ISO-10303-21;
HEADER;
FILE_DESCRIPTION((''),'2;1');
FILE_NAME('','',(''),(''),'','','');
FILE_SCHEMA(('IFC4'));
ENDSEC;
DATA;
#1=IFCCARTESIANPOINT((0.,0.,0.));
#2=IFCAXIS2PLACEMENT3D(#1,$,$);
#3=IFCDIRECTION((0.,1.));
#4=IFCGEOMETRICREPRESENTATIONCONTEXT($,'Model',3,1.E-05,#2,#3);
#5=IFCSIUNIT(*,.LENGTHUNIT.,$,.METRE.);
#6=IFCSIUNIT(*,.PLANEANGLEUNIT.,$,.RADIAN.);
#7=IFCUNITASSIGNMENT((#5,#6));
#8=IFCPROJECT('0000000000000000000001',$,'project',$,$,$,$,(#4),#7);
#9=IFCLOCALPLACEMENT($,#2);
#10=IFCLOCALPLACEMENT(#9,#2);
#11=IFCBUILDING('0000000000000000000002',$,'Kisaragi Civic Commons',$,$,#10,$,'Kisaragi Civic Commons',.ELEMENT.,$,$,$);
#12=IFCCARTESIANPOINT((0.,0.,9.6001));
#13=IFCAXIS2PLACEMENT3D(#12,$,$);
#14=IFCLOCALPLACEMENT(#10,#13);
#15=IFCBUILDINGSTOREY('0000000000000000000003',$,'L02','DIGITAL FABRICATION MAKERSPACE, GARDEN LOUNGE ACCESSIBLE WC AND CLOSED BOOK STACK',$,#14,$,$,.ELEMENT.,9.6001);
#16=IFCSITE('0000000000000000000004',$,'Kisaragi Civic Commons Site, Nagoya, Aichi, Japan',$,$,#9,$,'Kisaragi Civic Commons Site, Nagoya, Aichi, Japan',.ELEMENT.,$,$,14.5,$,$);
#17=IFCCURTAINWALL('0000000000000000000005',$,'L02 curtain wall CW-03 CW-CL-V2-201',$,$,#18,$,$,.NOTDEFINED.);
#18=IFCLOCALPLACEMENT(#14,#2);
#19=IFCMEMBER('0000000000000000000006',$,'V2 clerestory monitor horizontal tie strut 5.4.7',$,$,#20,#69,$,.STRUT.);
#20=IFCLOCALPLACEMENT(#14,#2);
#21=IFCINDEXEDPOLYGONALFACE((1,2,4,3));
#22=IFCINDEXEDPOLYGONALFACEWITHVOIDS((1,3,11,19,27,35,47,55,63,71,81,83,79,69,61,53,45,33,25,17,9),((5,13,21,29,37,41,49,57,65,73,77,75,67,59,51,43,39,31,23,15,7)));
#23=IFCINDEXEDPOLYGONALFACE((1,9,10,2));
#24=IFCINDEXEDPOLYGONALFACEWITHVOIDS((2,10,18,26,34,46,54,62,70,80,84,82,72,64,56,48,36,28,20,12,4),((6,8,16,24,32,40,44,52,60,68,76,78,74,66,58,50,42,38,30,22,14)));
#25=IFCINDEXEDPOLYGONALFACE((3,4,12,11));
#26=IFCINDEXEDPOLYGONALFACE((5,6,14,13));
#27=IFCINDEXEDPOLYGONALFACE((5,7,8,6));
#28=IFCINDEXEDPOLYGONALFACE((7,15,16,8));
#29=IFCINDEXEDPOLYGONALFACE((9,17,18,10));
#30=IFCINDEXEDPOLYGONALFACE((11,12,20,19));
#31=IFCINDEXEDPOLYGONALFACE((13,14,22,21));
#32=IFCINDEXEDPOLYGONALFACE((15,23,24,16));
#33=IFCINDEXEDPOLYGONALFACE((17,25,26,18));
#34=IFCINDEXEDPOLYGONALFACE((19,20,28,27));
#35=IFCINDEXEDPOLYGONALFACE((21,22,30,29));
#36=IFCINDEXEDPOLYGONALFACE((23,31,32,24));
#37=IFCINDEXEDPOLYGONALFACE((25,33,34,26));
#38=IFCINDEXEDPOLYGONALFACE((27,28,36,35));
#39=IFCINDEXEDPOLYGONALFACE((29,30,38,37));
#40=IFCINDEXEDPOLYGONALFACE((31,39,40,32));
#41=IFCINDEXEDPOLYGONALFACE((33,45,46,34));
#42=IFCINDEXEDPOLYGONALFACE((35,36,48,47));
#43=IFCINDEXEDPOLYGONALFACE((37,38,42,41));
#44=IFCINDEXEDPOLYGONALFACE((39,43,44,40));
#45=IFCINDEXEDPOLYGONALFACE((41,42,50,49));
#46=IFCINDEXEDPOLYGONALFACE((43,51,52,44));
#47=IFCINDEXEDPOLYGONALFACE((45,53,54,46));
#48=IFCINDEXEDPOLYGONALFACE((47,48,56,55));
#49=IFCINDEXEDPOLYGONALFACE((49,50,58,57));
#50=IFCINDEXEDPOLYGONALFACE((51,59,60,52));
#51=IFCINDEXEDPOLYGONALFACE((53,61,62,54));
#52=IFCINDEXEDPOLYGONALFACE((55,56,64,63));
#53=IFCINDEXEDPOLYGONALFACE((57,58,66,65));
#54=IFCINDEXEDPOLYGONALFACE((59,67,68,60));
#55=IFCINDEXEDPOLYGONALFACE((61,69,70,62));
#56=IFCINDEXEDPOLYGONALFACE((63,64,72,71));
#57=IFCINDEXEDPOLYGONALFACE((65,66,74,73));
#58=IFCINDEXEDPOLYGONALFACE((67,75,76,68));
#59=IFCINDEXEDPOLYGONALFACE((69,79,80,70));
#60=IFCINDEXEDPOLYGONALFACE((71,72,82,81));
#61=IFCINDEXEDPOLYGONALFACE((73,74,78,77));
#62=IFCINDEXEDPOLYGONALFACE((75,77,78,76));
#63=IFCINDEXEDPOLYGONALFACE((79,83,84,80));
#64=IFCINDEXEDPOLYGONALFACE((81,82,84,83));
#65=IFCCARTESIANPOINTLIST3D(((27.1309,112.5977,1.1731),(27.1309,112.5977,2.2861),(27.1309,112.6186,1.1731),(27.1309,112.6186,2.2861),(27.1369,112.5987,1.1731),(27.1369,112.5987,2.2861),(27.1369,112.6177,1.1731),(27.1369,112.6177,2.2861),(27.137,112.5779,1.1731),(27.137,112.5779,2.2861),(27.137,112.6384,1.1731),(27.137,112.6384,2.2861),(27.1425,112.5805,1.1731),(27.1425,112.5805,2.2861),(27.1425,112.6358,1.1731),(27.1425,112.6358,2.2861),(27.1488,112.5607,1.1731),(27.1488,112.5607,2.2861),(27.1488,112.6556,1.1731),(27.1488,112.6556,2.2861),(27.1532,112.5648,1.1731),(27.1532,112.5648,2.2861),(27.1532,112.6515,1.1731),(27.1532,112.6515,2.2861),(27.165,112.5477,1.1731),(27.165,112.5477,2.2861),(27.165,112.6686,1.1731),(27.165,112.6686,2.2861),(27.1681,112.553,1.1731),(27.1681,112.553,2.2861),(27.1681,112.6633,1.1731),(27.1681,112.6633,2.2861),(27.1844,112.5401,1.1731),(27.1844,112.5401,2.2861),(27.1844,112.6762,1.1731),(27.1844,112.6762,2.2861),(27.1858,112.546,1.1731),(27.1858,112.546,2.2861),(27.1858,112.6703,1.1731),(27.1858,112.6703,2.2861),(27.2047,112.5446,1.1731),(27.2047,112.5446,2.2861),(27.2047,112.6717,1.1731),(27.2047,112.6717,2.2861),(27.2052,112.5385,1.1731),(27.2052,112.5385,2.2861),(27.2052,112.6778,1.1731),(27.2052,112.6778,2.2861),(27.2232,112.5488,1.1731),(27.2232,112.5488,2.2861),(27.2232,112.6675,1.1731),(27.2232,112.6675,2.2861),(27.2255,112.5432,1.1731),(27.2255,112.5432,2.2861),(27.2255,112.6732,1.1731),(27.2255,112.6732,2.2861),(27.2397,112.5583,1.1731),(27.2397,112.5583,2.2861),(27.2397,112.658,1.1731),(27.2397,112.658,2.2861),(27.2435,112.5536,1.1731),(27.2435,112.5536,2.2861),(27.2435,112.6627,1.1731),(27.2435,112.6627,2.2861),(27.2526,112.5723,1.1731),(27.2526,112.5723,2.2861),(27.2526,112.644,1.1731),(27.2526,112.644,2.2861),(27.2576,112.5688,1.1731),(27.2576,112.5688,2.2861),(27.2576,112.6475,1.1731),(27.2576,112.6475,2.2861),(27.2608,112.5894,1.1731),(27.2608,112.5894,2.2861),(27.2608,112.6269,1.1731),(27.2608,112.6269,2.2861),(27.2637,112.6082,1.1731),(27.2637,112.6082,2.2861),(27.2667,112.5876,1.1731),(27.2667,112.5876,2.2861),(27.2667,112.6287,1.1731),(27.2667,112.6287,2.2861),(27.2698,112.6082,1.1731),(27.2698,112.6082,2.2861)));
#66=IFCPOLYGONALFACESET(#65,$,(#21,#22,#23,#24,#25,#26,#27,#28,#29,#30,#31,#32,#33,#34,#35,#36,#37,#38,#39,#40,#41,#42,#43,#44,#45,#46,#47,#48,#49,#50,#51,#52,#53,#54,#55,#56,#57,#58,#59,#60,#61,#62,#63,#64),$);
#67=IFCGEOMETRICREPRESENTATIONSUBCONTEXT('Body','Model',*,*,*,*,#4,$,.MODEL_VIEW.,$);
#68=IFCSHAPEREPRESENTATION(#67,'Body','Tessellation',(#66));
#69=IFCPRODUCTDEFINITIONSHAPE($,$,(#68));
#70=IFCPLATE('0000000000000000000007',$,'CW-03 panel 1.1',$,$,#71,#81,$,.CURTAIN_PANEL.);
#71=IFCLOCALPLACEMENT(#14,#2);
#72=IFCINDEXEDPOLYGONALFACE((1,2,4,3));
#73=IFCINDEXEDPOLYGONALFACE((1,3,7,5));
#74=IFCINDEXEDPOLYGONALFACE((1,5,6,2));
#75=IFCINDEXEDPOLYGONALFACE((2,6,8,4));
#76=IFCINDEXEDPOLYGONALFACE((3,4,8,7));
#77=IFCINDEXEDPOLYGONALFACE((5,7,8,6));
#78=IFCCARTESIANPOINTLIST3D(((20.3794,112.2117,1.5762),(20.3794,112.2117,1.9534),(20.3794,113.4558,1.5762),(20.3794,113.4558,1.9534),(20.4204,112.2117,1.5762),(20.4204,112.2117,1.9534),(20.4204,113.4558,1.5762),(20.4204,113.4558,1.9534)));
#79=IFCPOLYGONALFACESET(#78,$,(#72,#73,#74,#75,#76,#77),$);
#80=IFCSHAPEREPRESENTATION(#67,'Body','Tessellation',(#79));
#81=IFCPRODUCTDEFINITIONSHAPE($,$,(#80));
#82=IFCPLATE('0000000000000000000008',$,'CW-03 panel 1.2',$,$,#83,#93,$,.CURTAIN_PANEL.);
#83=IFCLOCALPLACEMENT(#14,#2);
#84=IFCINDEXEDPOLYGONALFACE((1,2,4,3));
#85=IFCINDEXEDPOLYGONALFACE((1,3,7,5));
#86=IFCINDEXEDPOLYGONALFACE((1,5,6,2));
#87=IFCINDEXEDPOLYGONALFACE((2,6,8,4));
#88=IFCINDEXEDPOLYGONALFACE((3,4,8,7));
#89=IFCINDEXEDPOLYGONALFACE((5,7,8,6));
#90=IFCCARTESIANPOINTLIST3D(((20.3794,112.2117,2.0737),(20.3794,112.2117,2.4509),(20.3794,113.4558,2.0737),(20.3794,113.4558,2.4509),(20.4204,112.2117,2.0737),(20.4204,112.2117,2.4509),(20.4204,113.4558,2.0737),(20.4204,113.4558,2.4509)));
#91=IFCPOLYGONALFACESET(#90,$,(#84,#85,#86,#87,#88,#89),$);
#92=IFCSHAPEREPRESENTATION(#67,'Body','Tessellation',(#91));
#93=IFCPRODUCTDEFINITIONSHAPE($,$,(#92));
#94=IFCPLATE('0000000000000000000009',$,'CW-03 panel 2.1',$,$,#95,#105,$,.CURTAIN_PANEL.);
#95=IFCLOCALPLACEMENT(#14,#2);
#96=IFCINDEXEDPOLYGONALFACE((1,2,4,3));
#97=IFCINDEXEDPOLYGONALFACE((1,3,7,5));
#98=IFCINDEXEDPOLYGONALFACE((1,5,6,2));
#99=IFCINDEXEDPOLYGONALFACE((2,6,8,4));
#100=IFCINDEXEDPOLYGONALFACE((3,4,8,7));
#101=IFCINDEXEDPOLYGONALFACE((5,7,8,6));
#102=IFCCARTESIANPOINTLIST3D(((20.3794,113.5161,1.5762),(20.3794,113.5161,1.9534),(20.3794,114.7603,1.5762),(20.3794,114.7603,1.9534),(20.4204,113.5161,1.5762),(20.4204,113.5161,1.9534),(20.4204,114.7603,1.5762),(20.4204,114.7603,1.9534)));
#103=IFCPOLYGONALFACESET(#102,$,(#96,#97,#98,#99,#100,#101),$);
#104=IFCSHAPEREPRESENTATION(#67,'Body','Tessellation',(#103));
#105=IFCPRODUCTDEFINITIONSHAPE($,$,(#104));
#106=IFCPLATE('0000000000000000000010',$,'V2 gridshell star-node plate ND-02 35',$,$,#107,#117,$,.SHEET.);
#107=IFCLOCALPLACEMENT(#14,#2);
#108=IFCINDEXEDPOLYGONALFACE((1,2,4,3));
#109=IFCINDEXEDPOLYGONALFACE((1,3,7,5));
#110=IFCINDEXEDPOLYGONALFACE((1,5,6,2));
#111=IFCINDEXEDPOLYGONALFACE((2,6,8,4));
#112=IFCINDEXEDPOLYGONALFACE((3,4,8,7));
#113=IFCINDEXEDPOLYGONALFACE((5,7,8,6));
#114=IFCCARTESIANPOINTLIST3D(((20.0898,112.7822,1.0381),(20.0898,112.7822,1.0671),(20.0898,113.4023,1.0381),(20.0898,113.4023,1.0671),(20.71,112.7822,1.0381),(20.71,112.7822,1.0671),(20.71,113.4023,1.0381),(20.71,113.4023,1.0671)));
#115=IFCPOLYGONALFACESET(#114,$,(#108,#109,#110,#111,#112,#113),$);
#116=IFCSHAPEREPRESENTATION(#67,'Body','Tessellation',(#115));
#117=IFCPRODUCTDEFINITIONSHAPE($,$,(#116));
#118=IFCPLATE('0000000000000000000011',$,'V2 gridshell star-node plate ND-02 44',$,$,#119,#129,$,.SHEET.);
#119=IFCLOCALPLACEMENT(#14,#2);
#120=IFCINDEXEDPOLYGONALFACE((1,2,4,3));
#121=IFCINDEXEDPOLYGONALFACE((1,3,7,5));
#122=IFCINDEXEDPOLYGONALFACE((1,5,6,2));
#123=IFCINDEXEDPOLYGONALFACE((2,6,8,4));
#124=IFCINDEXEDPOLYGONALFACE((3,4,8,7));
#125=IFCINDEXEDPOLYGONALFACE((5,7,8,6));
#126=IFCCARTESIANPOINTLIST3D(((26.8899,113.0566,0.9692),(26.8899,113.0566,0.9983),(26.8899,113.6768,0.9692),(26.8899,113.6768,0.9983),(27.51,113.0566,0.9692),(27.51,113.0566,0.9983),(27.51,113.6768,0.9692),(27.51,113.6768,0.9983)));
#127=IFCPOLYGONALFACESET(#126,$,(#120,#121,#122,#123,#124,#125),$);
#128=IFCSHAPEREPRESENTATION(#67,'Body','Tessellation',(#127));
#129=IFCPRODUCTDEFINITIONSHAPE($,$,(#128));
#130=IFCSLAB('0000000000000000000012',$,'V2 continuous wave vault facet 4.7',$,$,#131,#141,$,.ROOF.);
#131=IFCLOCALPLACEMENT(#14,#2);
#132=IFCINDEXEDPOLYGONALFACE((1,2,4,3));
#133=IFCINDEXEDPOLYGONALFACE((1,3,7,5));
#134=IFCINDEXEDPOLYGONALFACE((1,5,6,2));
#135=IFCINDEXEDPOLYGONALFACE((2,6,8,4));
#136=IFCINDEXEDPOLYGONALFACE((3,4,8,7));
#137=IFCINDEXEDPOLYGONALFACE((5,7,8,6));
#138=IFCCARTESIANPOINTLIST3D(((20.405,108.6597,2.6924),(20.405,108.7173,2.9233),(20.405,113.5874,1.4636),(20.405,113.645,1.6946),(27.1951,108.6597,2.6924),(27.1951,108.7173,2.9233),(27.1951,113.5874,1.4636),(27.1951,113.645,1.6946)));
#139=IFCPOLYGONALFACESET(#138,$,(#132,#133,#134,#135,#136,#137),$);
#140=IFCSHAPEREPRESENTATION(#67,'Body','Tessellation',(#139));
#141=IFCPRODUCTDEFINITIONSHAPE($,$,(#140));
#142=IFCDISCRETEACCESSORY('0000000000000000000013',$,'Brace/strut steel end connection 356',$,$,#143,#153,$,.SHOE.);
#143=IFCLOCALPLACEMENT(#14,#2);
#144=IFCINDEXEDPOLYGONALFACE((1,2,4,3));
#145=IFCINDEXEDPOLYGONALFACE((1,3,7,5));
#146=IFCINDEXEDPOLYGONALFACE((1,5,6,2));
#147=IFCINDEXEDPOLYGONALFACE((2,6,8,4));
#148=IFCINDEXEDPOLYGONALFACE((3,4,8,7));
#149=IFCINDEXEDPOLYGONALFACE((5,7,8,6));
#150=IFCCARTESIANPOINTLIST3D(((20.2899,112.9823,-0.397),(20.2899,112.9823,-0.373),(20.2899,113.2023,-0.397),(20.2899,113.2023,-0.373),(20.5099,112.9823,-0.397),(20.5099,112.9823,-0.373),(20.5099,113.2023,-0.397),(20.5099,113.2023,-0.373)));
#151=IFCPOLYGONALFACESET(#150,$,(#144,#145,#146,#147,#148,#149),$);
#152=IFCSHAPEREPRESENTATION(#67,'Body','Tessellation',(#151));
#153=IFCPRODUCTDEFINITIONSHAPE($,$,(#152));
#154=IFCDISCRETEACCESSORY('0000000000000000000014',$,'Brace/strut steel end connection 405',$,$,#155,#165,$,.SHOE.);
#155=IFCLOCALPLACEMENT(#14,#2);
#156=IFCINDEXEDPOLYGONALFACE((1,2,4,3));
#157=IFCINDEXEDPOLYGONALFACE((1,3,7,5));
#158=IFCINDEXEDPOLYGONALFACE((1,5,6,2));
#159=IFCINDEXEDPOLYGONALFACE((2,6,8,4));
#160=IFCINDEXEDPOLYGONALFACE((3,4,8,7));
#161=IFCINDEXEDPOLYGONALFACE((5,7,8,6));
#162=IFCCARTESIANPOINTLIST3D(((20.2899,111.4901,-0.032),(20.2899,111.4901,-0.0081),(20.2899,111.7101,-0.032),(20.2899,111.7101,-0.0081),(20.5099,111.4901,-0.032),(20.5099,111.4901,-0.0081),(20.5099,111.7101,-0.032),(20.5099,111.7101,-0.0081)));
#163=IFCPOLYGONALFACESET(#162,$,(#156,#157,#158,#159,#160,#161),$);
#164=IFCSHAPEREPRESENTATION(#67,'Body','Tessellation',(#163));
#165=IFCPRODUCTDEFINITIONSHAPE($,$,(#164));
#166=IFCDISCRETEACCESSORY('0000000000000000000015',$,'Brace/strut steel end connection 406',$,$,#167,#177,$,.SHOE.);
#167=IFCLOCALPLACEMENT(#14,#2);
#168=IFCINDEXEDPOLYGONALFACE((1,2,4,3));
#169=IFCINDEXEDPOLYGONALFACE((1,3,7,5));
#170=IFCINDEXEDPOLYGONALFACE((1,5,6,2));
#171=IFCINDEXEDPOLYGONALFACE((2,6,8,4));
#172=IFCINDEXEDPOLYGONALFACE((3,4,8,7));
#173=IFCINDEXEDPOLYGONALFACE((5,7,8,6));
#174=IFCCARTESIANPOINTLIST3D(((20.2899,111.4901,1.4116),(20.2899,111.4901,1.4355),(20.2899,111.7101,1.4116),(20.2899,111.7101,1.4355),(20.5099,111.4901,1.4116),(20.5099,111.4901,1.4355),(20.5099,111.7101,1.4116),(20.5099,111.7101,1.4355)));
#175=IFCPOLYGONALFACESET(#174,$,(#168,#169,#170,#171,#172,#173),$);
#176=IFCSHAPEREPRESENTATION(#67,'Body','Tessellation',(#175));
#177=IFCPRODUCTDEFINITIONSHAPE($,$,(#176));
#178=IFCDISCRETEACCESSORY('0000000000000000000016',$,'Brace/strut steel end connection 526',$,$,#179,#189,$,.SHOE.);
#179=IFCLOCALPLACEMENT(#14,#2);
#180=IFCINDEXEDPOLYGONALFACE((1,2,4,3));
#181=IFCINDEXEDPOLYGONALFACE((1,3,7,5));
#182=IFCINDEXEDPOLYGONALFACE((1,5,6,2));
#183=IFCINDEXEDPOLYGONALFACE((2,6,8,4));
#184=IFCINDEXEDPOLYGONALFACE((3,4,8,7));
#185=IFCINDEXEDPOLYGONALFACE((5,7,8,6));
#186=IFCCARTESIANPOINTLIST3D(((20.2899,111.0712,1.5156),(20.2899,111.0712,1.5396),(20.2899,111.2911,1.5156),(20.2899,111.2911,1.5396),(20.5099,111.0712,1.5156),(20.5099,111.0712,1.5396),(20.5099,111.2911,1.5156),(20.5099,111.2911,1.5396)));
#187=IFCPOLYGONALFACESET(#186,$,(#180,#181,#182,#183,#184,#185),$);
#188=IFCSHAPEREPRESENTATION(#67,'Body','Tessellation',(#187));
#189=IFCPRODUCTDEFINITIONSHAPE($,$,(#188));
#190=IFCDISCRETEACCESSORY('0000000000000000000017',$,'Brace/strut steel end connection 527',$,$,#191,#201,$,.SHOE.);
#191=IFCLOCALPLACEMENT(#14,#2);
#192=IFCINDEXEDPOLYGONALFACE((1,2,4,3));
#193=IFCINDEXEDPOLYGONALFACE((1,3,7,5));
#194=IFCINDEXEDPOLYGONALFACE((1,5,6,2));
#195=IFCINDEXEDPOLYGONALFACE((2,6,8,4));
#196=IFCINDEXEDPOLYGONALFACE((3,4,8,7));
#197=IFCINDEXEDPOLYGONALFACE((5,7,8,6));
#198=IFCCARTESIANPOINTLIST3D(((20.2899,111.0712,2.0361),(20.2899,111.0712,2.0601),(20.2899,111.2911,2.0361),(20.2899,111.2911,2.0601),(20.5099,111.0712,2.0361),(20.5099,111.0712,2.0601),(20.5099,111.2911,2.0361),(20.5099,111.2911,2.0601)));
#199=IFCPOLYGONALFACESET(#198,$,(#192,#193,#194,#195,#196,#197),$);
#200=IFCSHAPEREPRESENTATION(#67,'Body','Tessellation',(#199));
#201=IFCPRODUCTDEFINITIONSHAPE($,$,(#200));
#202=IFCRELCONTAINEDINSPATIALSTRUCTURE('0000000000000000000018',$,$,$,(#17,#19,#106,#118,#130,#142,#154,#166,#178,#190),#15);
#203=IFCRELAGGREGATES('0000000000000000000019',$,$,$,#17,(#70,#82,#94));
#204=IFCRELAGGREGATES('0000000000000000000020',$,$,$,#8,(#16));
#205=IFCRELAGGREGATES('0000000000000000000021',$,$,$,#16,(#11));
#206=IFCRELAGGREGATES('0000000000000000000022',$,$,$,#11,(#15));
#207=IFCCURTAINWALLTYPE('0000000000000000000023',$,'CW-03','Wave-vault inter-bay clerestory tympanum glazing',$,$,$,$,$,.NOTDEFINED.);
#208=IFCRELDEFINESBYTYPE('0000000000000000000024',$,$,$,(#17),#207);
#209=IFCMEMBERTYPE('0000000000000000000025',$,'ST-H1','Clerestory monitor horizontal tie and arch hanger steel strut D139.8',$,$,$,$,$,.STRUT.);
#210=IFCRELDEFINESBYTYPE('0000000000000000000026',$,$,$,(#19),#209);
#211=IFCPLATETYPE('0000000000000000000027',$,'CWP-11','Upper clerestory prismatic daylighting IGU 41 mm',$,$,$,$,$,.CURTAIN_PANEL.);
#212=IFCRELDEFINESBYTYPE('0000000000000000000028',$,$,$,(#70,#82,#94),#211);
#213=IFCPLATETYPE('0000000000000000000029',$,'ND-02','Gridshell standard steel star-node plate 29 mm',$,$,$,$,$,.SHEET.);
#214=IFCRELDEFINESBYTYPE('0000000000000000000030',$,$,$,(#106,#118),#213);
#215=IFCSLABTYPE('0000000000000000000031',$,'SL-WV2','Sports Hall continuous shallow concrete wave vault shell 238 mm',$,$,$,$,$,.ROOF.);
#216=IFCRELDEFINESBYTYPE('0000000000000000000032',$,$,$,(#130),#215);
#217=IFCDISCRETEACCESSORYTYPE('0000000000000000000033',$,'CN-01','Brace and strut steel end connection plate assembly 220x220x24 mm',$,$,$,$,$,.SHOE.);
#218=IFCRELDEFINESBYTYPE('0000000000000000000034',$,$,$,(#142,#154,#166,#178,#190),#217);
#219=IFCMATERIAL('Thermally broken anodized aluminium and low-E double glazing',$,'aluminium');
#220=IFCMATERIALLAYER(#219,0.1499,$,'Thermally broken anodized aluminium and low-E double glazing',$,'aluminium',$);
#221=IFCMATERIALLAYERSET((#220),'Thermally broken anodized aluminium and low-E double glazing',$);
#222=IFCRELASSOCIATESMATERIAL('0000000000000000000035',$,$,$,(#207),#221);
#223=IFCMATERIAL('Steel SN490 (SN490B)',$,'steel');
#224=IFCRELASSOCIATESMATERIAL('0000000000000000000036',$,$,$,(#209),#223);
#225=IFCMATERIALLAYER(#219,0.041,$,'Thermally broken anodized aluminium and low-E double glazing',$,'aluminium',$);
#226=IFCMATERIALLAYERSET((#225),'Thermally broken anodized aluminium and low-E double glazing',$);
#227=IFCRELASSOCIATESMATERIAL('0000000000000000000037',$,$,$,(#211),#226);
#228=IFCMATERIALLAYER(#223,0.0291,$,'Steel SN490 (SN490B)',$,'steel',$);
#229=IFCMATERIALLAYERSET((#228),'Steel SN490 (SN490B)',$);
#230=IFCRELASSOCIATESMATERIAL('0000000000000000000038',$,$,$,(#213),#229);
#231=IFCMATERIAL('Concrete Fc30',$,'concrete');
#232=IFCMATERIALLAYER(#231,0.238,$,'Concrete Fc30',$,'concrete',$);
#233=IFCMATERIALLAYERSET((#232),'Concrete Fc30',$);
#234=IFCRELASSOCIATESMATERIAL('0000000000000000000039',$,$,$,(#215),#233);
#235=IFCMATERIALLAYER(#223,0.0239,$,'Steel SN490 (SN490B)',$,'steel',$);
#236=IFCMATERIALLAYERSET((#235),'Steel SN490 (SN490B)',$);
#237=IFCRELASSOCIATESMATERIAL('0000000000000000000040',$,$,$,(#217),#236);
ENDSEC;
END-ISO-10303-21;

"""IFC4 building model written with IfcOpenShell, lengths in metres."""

from ifc_helpers import new_model, si_unit, direction, frame, origin, origin_2d, place, context, subcontext, project, spatial, polyline, rectangle, hollow_circle, outline, extrude, material, layer, layer_set, material_profile, profile_set, type_object, element, aggregate, save


model = new_model("IFC4")

# Units and contexts
model_context = context("Model", 3, precision=1e-05, world=origin(), true_north=direction((0.0, 1.0)))
body_context = subcontext(model_context, "Body", "Model", "MODEL_VIEW")
ifc_project = project(units=[si_unit("LENGTHUNIT", "METRE"), si_unit("PLANEANGLEUNIT", "RADIAN")], contexts=[model_context])

# Site, building, storey
site_placement = place(None, origin())
site = spatial("IfcSite", under=ifc_project, at=site_placement, Name="Kisaragi Civic Commons Site, Nagoya, Aichi, Japan", LongName="Kisaragi Civic Commons Site, Nagoya, Aichi, Japan", CompositionType="ELEMENT", RefElevation=14.5)
building_placement = place(site_placement, origin())
building = spatial("IfcBuilding", under=site, at=building_placement, Name="Kisaragi Civic Commons", LongName="Kisaragi Civic Commons", CompositionType="ELEMENT")
storey_placement = place(building_placement, frame((0.0, 0.0, 9.6001)))
storey = spatial("IfcBuildingStorey", under=building, at=storey_placement, Name="L02", Description="DIGITAL FABRICATION MAKERSPACE, GARDEN LOUNGE ACCESSIBLE WC AND CLOSED BOOK STACK", CompositionType="ELEMENT", Elevation=9.6001)

# Curtain wall
ifc_material_1 = material(Name="Thermally broken anodized aluminium and low-E double glazing", Category="aluminium")
ifc_layer_1 = layer(ifc_material_1, 0.1499, Name="Thermally broken anodized aluminium and low-E double glazing", Category="aluminium")
ifc_layer_set_1 = layer_set([ifc_layer_1], Name="Thermally broken anodized aluminium and low-E double glazing")
curtain_wall_type = type_object("IfcCurtainWallType", Name="CW-03", Description="Wave-vault inter-bay clerestory tympanum glazing", PredefinedType="NOTDEFINED", material=ifc_layer_set_1)
curtain_wall_placement = place(storey_placement, origin())
curtain_wall = element("IfcCurtainWall", 1, at=curtain_wall_placement, inside=storey, type_object=curtain_wall_type, Name="L02 curtain wall CW-03 CW-CL-V2-201", PredefinedType="NOTDEFINED")

# Member
ifc_material_2 = material(Name="Steel SN490 (SN490B)", Category="steel")
ifc_material_profile_1 = material_profile(ifc_material_2, hollow_circle(Radius=0.0698, WallThickness=0.0061, at=origin_2d()), Name="CHS-139.8x6.0", Category="steel")
ifc_profile_set_1 = profile_set([ifc_material_profile_1], Name="Steel SN490 (SN490B)")
member_type_1 = type_object("IfcMemberType", Name="ST-H1", Description="Clerestory monitor horizontal tie and arch hanger steel strut D139.8", PredefinedType="STRUT", material=ifc_profile_set_1)
member_1_placement = place(storey_placement, frame((27.2, 112.6082, 1.1731), z_axis=(0.0, 0.0, 1.0), x_axis=(1.0, 0.0, 0.0)))
element("IfcMember", 2, at=member_1_placement, inside=storey, type_object=member_type_1, Name="V2 clerestory monitor horizontal tie strut 5.4.7", PredefinedType="STRUT", context=body_context, shape_type="SweptSolid", body=[
    extrude(hollow_circle(Radius=0.0698, WallThickness=0.0061, at=origin_2d()), origin(), (0.0, 0.0, 1.0), 1.113),
])

# Plates
ifc_layer_2 = layer(ifc_material_1, 0.041, Name="Thermally broken anodized aluminium and low-E double glazing", Category="aluminium")
ifc_layer_set_2 = layer_set([ifc_layer_2], Name="Thermally broken anodized aluminium and low-E double glazing")
plate_type_1 = type_object("IfcPlateType", Name="CWP-11", Description="Upper clerestory prismatic daylighting IGU 41 mm", PredefinedType="CURTAIN_PANEL", material=ifc_layer_set_2)
plate_1_placement = place(storey_placement, frame((20.3999, 112.8337, 1.5762), z_axis=(0.0, 0.0, 1.0), x_axis=(0.0, 1.0, 0.0)))
plate_1 = element("IfcPlate", 3, at=plate_1_placement, type_object=plate_type_1, Name="CW-03 panel 1.1", PredefinedType="CURTAIN_PANEL", context=body_context, shape_type="SweptSolid", body=[
    extrude(rectangle(XDim=1.2441, YDim=0.041, at=origin_2d()), origin(), (0.0, 0.0, 1.0), 0.3772),
])
plate_2_placement = place(storey_placement, frame((20.3999, 112.8337, 2.0737), z_axis=(0.0, 0.0, 1.0), x_axis=(0.0, 1.0, 0.0)))
plate_2 = element("IfcPlate", 4, at=plate_2_placement, type_object=plate_type_1, Name="CW-03 panel 1.2", PredefinedType="CURTAIN_PANEL", context=body_context, shape_type="SweptSolid", body=[
    extrude(rectangle(XDim=1.2441, YDim=0.041, at=origin_2d()), origin(), (0.0, 0.0, 1.0), 0.3772),
])
plate_3_placement = place(storey_placement, frame((20.3999, 114.1382, 1.5762), z_axis=(0.0, 0.0, 1.0), x_axis=(0.0, 1.0, 0.0)))
plate_3 = element("IfcPlate", 5, at=plate_3_placement, type_object=plate_type_1, Name="CW-03 panel 2.1", PredefinedType="CURTAIN_PANEL", context=body_context, shape_type="SweptSolid", body=[
    extrude(rectangle(XDim=1.2441, YDim=0.041, at=origin_2d()), origin(), (0.0, 0.0, 1.0), 0.3772),
])
aggregate(curtain_wall, [plate_1, plate_2, plate_3])

# Plates
ifc_layer_3 = layer(ifc_material_2, 0.0291, Name="Steel SN490 (SN490B)", Category="steel")
ifc_layer_set_3 = layer_set([ifc_layer_3], Name="Steel SN490 (SN490B)")
plate_type_2 = type_object("IfcPlateType", Name="ND-02", Description="Gridshell standard steel star-node plate 29 mm", PredefinedType="SHEET", material=ifc_layer_set_3)
for number, where, z_axis, x_axis, name in (
    (6, (20.3999, 113.0923, 1.0381), (0.0, 0.0, 1.0), (1.0, 0.0, 0.0), "V2 gridshell star-node plate ND-02 35"),
    (7, (27.2, 113.3667, 0.9692), (0.0, 0.0, 1.0), (1.0, 0.0, 0.0), "V2 gridshell star-node plate ND-02 44"),
):
    element("IfcPlate", number, at=place(storey_placement, frame(where, z_axis=z_axis, x_axis=x_axis)), inside=storey, type_object=plate_type_2, Name=name, PredefinedType="SHEET", context=body_context, shape_type="SweptSolid", body=[
        extrude(rectangle(XDim=0.6201, YDim=0.6201, at=origin_2d()), origin(), (0.0, 0.0, 1.0), 0.0291),
    ])

# Slab
ifc_material_3 = material(Name="Concrete Fc30", Category="concrete")
ifc_layer_4 = layer(ifc_material_3, 0.238, Name="Concrete Fc30", Category="concrete")
ifc_layer_set_4 = layer_set([ifc_layer_4], Name="Concrete Fc30")
slab_type = type_object("IfcSlabType", Name="SL-WV2", Description="Sports Hall continuous shallow concrete wave vault shell 238 mm", PredefinedType="ROOF", material=ifc_layer_set_4)
slab_placement = place(storey_placement, frame((27.1951, 113.645, 1.6946), z_axis=(0.0, 0.241947, 0.970289), x_axis=(-1.0, 0.0, 0.0)))
element("IfcSlab", 8, at=slab_placement, inside=storey, type_object=slab_type, Name="V2 continuous wave vault facet 4.7", PredefinedType="ROOF", context=body_context, shape_type="SweptSolid", body=[
    extrude(outline(polyline([(0.0, 0.0), (6.79, 0.0), (6.79, 5.0786), (0.0, 5.0786), (0.0, 0.0)])), origin(), (0.0, 0.0, -1.0), 0.238),
])

# Discrete accessories
ifc_layer_5 = layer(ifc_material_2, 0.0239, Name="Steel SN490 (SN490B)", Category="steel")
ifc_layer_set_5 = layer_set([ifc_layer_5], Name="Steel SN490 (SN490B)")
discrete_accessory_type = type_object("IfcDiscreteAccessoryType", Name="CN-01", Description="Brace and strut steel end connection plate assembly 220x220x24 mm", PredefinedType="SHOE", material=ifc_layer_set_5)
for number, where, z_axis, x_axis, name in (
    (9, (20.3999, 113.0923, -0.397), (0.0, 0.0, 1.0), (1.0, 0.0, 0.0), "Brace/strut steel end connection 356"),
    (10, (20.3999, 111.6001, -0.032), (0.0, 0.0, 1.0), (1.0, 0.0, 0.0), "Brace/strut steel end connection 405"),
    (11, (20.3999, 111.6001, 1.4116), (0.0, 0.0, 1.0), (1.0, 0.0, 0.0), "Brace/strut steel end connection 406"),
    (12, (20.3999, 111.1812, 1.5156), (0.0, 0.0, 1.0), (1.0, 0.0, 0.0), "Brace/strut steel end connection 526"),
    (13, (20.3999, 111.1812, 2.0361), (0.0, 0.0, 1.0), (1.0, 0.0, 0.0), "Brace/strut steel end connection 527"),
):
    element("IfcDiscreteAccessory", number, at=place(storey_placement, frame(where, z_axis=z_axis, x_axis=x_axis)), inside=storey, type_object=discrete_accessory_type, Name=name, PredefinedType="SHOE", context=body_context, shape_type="SweptSolid", body=[
        extrude(rectangle(XDim=0.22, YDim=0.22, at=origin_2d()), origin(), (0.0, 0.0, 1.0), 0.0239),
    ])

save(model, "model.ifc")
